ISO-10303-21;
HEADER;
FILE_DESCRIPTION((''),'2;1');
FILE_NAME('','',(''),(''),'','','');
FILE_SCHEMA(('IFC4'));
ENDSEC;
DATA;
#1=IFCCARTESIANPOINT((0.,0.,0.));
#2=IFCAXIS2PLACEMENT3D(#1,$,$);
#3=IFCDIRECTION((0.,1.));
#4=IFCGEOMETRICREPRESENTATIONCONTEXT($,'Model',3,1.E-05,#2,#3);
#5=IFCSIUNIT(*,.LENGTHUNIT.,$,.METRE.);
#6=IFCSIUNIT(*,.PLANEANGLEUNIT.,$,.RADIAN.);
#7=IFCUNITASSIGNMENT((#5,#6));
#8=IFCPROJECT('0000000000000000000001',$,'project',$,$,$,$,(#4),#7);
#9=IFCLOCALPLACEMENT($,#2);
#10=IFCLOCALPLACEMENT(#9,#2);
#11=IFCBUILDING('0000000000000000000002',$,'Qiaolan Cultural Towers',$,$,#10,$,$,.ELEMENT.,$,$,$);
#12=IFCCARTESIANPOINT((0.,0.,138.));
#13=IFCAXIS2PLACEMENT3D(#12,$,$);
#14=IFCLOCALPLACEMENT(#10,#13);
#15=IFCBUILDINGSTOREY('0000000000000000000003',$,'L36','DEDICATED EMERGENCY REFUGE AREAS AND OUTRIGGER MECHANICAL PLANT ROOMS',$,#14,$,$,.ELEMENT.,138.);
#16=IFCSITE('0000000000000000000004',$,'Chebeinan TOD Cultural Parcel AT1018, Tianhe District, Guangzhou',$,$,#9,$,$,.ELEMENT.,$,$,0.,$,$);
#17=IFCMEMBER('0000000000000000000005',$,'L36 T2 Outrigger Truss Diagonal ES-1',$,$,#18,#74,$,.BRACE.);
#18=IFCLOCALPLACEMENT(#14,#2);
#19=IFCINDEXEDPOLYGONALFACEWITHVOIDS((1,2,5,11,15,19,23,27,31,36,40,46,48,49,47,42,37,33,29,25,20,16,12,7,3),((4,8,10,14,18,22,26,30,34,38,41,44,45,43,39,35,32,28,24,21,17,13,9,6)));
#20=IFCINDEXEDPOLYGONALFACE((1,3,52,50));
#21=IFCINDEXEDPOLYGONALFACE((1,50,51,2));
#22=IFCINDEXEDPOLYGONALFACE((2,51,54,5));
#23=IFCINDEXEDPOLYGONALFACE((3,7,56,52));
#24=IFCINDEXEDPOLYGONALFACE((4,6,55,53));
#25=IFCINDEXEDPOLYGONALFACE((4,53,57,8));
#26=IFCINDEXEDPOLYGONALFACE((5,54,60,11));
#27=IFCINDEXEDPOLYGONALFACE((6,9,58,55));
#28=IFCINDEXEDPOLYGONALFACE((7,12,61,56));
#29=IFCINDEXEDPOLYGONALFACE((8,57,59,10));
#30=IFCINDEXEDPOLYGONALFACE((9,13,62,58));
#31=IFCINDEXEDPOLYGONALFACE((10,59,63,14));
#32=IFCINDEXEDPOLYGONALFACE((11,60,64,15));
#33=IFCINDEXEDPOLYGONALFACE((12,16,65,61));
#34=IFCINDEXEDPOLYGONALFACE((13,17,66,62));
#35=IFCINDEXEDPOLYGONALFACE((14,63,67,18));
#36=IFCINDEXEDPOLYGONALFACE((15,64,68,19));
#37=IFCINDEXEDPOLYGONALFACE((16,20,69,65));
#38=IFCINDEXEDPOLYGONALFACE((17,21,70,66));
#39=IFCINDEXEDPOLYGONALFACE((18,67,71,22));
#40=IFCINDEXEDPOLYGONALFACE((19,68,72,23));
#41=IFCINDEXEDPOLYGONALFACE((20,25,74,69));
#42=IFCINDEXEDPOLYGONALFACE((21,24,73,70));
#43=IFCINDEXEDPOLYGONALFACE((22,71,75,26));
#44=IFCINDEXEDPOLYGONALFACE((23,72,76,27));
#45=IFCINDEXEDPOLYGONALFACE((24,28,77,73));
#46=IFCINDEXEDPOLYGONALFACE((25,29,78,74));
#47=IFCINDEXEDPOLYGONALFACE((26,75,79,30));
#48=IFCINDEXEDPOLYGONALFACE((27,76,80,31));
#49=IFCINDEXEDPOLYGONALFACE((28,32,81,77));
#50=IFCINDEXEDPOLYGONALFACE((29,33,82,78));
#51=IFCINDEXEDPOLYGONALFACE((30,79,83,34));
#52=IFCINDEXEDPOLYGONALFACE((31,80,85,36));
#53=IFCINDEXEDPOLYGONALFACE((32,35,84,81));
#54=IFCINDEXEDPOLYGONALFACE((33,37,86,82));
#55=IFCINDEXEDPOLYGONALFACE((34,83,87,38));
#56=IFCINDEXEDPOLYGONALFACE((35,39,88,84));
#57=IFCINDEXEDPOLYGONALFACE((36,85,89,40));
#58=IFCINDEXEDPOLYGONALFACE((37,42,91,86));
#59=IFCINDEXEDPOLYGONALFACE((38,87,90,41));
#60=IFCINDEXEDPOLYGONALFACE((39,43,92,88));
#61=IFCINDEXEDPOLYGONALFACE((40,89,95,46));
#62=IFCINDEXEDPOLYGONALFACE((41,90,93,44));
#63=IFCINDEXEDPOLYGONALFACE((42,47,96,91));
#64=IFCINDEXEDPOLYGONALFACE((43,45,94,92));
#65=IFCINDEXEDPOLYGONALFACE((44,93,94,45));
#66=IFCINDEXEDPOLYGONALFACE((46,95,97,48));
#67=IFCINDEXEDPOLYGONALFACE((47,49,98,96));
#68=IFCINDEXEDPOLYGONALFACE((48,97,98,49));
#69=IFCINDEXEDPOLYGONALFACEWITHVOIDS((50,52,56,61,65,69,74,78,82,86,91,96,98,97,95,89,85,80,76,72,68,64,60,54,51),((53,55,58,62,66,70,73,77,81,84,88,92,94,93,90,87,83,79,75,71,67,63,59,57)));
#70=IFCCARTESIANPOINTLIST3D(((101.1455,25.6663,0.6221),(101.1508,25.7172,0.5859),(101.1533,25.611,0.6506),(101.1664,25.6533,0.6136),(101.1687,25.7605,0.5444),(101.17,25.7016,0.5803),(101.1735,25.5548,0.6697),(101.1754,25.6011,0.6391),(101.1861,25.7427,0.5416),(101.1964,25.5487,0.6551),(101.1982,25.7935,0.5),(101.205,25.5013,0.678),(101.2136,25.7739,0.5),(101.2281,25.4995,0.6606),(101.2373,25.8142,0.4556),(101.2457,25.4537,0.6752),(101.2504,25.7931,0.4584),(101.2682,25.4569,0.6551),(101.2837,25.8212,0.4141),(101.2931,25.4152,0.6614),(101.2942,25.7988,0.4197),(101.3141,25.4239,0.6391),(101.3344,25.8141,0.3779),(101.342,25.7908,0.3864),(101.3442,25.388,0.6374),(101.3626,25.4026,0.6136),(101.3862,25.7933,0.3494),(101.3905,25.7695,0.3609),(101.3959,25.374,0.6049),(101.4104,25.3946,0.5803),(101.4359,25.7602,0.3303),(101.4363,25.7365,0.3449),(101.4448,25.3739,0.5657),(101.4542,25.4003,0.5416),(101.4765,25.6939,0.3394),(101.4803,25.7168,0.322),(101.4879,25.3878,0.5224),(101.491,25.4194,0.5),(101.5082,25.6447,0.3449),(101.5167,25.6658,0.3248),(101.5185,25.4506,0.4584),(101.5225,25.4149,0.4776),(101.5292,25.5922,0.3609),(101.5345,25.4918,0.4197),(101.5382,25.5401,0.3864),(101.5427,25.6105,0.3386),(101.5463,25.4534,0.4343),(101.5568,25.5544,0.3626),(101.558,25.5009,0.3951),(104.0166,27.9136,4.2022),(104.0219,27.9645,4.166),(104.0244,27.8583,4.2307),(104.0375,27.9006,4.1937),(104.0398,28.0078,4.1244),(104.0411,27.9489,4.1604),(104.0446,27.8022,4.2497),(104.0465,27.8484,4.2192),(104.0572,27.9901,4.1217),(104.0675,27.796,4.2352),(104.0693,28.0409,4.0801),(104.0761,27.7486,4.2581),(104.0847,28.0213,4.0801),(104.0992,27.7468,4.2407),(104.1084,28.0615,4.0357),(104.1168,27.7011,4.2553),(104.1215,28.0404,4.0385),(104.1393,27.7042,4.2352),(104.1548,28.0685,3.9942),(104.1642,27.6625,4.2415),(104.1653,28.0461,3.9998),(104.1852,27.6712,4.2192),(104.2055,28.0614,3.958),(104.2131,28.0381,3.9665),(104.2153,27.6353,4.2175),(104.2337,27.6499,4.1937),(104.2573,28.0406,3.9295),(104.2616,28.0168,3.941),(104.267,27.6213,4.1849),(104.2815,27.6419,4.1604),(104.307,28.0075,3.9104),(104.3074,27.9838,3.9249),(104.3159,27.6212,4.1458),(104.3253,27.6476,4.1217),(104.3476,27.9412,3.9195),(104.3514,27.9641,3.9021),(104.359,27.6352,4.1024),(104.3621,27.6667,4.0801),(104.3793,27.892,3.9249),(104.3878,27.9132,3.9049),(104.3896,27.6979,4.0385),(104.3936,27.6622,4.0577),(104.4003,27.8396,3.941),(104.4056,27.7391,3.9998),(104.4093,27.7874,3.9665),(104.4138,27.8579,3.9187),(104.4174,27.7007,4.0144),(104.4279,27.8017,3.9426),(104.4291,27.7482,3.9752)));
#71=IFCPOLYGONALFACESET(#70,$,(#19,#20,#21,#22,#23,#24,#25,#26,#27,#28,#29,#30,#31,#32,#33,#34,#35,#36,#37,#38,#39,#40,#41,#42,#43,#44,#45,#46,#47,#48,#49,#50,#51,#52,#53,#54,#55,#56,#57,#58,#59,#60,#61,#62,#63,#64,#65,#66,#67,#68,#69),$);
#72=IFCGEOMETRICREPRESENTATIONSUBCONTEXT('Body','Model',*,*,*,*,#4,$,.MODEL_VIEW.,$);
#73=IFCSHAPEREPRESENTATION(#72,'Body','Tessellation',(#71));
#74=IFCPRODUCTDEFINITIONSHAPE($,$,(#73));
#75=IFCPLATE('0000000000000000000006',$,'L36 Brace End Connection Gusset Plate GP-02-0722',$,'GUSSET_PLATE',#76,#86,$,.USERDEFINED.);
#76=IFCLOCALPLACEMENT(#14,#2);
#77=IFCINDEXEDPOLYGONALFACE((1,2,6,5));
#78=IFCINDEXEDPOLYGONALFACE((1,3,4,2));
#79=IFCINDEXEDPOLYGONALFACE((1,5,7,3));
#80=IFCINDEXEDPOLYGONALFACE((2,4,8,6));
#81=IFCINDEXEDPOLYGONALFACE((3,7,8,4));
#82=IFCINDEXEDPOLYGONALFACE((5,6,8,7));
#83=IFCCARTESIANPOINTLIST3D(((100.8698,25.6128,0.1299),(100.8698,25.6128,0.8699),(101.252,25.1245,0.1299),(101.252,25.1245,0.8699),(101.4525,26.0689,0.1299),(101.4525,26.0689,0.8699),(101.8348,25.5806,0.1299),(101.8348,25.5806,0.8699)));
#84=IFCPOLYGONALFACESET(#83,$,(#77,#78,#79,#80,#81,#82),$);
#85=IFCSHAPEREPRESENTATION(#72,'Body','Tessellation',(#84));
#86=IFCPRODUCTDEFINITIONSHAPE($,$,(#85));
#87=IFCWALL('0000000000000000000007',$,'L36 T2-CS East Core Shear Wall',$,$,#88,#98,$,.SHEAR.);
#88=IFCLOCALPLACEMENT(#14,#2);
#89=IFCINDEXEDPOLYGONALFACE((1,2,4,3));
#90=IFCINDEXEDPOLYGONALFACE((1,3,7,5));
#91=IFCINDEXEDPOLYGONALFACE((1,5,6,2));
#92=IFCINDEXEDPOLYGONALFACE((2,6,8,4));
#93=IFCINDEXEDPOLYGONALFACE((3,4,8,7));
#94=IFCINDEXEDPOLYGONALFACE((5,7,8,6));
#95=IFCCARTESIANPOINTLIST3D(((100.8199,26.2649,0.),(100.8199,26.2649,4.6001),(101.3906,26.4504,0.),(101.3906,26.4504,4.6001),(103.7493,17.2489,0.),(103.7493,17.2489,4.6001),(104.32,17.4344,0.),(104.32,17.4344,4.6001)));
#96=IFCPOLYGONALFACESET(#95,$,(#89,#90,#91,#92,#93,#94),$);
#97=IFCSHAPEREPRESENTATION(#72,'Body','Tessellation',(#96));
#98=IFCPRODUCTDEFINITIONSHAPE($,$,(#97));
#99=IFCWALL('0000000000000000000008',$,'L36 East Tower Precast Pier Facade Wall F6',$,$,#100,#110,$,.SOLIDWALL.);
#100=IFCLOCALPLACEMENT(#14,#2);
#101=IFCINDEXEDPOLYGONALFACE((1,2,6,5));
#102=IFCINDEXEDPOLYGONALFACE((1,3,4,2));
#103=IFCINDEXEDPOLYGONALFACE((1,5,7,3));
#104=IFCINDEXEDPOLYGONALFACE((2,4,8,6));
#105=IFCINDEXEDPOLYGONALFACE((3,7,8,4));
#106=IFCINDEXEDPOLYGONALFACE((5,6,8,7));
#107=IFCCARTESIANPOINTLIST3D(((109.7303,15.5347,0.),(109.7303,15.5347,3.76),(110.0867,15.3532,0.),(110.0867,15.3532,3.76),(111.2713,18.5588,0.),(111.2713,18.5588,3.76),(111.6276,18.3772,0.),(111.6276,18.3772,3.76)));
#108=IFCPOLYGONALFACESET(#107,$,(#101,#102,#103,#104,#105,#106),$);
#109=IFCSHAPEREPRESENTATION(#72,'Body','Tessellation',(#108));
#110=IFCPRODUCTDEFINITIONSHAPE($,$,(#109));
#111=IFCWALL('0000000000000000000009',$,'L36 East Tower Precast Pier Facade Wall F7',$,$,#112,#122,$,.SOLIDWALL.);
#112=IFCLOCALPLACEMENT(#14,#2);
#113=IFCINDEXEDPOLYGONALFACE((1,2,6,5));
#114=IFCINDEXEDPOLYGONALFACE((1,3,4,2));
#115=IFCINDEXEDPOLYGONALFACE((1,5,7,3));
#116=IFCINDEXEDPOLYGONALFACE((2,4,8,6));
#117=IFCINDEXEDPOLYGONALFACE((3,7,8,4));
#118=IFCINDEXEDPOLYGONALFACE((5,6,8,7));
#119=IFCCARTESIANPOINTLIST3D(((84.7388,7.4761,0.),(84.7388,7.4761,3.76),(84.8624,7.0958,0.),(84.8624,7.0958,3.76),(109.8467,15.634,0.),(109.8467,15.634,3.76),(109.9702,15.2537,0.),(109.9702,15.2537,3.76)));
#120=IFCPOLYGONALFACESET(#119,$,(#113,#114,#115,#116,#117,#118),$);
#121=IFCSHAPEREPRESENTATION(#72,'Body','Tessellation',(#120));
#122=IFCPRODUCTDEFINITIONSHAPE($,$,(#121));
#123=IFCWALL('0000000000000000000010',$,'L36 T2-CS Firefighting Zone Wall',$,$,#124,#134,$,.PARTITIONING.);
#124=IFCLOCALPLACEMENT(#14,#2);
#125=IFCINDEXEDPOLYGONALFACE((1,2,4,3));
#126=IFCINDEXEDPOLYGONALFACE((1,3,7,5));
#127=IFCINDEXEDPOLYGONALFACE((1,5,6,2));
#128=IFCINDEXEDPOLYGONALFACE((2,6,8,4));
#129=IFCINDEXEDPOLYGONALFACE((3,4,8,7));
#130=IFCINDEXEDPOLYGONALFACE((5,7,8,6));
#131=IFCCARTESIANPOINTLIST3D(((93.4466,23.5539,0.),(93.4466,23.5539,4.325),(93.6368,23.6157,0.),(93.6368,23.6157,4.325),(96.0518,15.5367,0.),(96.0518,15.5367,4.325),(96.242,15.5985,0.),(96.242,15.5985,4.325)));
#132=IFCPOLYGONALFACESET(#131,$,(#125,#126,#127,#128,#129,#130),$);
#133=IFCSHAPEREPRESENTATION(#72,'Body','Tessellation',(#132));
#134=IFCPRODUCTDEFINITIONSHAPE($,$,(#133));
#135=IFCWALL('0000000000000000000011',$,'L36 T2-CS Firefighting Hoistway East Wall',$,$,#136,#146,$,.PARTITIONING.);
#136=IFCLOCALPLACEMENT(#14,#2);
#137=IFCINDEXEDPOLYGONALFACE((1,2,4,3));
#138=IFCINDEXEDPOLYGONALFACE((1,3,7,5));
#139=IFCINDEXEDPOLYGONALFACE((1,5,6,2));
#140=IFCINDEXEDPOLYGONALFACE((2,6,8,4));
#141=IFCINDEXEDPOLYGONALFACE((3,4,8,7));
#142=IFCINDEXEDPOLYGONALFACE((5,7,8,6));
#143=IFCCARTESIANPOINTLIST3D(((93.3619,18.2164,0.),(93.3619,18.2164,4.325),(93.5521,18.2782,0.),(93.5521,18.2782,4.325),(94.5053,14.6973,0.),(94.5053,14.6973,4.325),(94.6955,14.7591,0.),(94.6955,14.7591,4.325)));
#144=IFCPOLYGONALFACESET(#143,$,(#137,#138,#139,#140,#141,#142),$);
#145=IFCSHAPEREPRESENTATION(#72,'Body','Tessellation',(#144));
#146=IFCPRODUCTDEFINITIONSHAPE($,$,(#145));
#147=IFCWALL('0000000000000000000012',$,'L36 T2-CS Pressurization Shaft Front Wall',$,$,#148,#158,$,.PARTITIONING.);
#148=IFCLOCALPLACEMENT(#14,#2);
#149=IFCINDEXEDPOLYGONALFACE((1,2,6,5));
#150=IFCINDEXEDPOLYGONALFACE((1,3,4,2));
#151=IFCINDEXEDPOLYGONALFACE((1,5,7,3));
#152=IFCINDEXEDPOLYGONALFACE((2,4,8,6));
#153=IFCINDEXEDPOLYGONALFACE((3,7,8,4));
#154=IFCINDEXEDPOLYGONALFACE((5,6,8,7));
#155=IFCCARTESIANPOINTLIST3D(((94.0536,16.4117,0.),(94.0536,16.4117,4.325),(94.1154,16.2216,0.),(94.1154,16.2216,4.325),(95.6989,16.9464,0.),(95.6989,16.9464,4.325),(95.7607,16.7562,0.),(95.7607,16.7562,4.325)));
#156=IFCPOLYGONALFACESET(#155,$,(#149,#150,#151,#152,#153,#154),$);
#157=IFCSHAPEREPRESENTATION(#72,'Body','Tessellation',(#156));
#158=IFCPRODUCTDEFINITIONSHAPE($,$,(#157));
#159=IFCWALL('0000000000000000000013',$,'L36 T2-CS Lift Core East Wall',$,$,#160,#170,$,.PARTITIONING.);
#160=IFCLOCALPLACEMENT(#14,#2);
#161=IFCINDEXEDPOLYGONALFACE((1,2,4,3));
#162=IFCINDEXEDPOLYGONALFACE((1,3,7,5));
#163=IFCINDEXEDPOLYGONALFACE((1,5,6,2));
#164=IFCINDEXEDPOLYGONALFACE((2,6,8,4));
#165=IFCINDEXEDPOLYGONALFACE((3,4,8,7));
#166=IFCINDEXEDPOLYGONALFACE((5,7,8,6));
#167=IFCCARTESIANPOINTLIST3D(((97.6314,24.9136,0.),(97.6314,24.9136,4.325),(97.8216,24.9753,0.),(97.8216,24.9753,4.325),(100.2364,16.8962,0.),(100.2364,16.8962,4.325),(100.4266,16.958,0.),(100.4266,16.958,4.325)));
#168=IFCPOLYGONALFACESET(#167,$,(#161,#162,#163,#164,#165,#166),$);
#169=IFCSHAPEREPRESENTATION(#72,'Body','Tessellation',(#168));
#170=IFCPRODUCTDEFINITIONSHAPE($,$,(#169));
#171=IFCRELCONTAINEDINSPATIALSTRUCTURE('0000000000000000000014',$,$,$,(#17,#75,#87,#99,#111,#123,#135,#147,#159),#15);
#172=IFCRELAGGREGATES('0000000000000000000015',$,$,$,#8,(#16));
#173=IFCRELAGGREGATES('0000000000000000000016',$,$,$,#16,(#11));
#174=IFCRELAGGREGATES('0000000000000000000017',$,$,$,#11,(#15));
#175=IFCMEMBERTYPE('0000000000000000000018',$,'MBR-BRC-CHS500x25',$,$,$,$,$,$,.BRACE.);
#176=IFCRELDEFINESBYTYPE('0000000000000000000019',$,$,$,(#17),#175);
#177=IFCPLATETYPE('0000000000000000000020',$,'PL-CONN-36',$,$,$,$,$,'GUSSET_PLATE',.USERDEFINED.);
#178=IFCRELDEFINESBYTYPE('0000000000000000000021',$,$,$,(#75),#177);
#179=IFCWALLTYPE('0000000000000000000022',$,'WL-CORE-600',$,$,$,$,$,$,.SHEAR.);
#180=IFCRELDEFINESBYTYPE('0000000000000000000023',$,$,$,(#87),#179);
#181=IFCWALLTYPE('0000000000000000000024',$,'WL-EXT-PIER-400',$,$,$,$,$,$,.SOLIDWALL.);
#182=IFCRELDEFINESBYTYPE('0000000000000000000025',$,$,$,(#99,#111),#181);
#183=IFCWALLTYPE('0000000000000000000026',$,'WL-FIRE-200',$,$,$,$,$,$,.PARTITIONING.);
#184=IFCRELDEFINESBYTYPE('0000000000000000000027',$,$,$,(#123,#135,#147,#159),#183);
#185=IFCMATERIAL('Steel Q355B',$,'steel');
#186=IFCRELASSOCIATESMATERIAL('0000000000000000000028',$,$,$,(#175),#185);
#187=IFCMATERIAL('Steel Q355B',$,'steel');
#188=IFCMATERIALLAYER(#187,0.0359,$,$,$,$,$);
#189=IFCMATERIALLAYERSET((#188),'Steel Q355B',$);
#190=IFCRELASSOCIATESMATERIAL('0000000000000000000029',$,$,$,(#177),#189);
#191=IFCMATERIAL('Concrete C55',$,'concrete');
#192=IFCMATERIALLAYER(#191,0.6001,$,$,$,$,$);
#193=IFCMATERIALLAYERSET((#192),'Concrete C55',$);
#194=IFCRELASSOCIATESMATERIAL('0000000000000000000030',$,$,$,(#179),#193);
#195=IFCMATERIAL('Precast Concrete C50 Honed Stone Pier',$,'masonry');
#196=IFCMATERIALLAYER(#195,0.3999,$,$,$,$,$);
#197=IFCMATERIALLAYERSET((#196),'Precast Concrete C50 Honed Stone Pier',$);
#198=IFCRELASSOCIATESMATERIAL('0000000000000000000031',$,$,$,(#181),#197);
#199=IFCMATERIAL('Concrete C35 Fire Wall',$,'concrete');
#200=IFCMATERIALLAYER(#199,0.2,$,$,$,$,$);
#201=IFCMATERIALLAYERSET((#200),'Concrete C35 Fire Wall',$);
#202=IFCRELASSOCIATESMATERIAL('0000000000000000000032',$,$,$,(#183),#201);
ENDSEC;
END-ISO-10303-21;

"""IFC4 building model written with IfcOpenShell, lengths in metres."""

from ifc_helpers import new_model, si_unit, direction, frame, frame_2d, origin, origin_2d, place, context, subcontext, project, spatial, rectangle, hollow_circle, extrude, material, layer, layer_set, material_profile, profile_set, type_object, element, save


model = new_model("IFC4")

# Units and contexts
model_context = context("Model", 3, precision=1e-05, world=origin(), true_north=direction((0.0, 1.0)))
body_context = subcontext(model_context, "Body", "Model", "MODEL_VIEW")
ifc_project = project(units=[si_unit("LENGTHUNIT", "METRE"), si_unit("PLANEANGLEUNIT", "RADIAN")], contexts=[model_context])

# Site, building, storey
site_placement = place(None, origin())
site = spatial("IfcSite", under=ifc_project, at=site_placement, Name="Chebeinan TOD Cultural Parcel AT1018, Tianhe District, Guangzhou", CompositionType="ELEMENT", RefElevation=0.0)
building_placement = place(site_placement, origin())
building = spatial("IfcBuilding", under=site, at=building_placement, Name="Qiaolan Cultural Towers", CompositionType="ELEMENT")
storey_placement = place(building_placement, frame((0.0, 0.0, 138.0)))
storey = spatial("IfcBuildingStorey", under=building, at=storey_placement, Name="L36", Description="DEDICATED EMERGENCY REFUGE AREAS AND OUTRIGGER MECHANICAL PLANT ROOMS", CompositionType="ELEMENT", Elevation=138.0)

# Member
ifc_material_1 = material(Name="Steel Q355B", Category="steel")
ifc_material_profile_1 = material_profile(ifc_material_1, hollow_circle(Radius=0.25, WallThickness=0.0249, at=origin_2d()), Name="CHS500x25")
ifc_profile_set_1 = profile_set([ifc_material_profile_1], Name="Steel Q355B")
member_type = type_object("IfcMemberType", Name="MBR-BRC-CHS500x25", PredefinedType="BRACE", material=ifc_profile_set_1)
member_placement = place(storey_placement, frame((101.3523, 25.5967, 0.5), z_axis=(0.561874, 0.439801, 0.700623), x_axis=(-0.616371, 0.787456, 0.0)))
element("IfcMember", 1, at=member_placement, inside=storey, type_object=member_type, Name="L36 T2 Outrigger Truss Diagonal ES-1", PredefinedType="BRACE", context=body_context, shape_type="SweptSolid", body=[
    extrude(hollow_circle(Radius=0.25, WallThickness=0.0249, at=origin_2d()), origin(), (0.0, 0.0, 1.0), 5.1099),
])

# Plate
ifc_material_2 = material(Name="Steel Q355B", Category="steel")
ifc_layer_1 = layer(ifc_material_2, 0.0359)
ifc_layer_set_1 = layer_set([ifc_layer_1], Name="Steel Q355B")
plate_type = type_object("IfcPlateType", Name="PL-CONN-36", ElementType="GUSSET_PLATE", PredefinedType="USERDEFINED", material=ifc_layer_set_1)
plate_placement = place(storey_placement, frame((101.3523, 25.5967, 0.1299), z_axis=(0.0, 0.0, 1.0), x_axis=(0.787471, 0.616352, 0.0)))
element("IfcPlate", 2, at=plate_placement, inside=storey, type_object=plate_type, Name="L36 Brace End Connection Gusset Plate GP-02-0722", ObjectType="GUSSET_PLATE", PredefinedType="USERDEFINED", context=body_context, shape_type="SweptSolid", body=[
    extrude(rectangle(XDim=0.74, YDim=0.6201, at=origin_2d()), origin(), (0.0, 0.0, 1.0), 0.74),
])

# Walls
ifc_material_3 = material(Name="Concrete C55", Category="concrete")
ifc_layer_2 = layer(ifc_material_3, 0.6001)
ifc_layer_set_2 = layer_set([ifc_layer_2], Name="Concrete C55")
wall_type_1 = type_object("IfcWallType", Name="WL-CORE-600", PredefinedType="SHEAR", material=ifc_layer_set_2)
wall_1_placement = place(storey_placement, frame((101.1052, 26.3577, 0.0), z_axis=(0.0, 0.0, 1.0), x_axis=(0.30901, -0.951059, 0.0)))
element("IfcWall", 3, at=wall_1_placement, inside=storey, type_object=wall_type_1, Name="L36 T2-CS East Core Shear Wall", PredefinedType="SHEAR", context=body_context, shape_type="SweptSolid", body=[
    extrude(rectangle(XDim=9.48, YDim=0.6001, at=frame_2d((4.74, 0.0))), origin(), (0.0, 0.0, 1.0), 4.6001),
])
ifc_material_4 = material(Name="Precast Concrete C50 Honed Stone Pier", Category="masonry")
ifc_layer_3 = layer(ifc_material_4, 0.3999)
ifc_layer_set_3 = layer_set([ifc_layer_3], Name="Precast Concrete C50 Honed Stone Pier")
wall_type_2 = type_object("IfcWallType", Name="WL-EXT-PIER-400", PredefinedType="SOLIDWALL", material=ifc_layer_set_3)
wall_2_placement = place(storey_placement, frame((111.4495, 18.468, 0.0), z_axis=(0.0, 0.0, 1.0), x_axis=(-0.45402, -0.890992, 0.0)))
element("IfcWall", 4, at=wall_2_placement, inside=storey, type_object=wall_type_2, Name="L36 East Tower Precast Pier Facade Wall F6", PredefinedType="SOLIDWALL", context=body_context, shape_type="SweptSolid", body=[
    extrude(rectangle(XDim=3.394, YDim=0.3999, at=frame_2d((1.697, 0.0))), origin(), (0.0, 0.0, 1.0), 3.76),
])
wall_3_placement = place(storey_placement, frame((109.9084, 15.4438, 0.0), z_axis=(0.0, 0.0, 1.0), x_axis=(-0.951058, -0.309014, 0.0)))
element("IfcWall", 5, at=wall_3_placement, inside=storey, type_object=wall_type_2, Name="L36 East Tower Precast Pier Facade Wall F7", PredefinedType="SOLIDWALL", context=body_context, shape_type="SweptSolid", body=[
    extrude(rectangle(XDim=26.3999, YDim=0.3999, at=frame_2d((13.2, 0.0))), origin(), (0.0, 0.0, 1.0), 3.76),
])
ifc_material_5 = material(Name="Concrete C35 Fire Wall", Category="concrete")
ifc_layer_4 = layer(ifc_material_5, 0.2)
ifc_layer_set_4 = layer_set([ifc_layer_4], Name="Concrete C35 Fire Wall")
wall_type_3 = type_object("IfcWallType", Name="WL-FIRE-200", PredefinedType="PARTITIONING", material=ifc_layer_set_4)
wall_4_placement = place(storey_placement, frame((93.5417, 23.5847, 0.0), z_axis=(0.0, 0.0, 1.0), x_axis=(0.309042, -0.951048, 0.0)))
element("IfcWall", 6, at=wall_4_placement, inside=storey, type_object=wall_type_3, Name="L36 T2-CS Firefighting Zone Wall", PredefinedType="PARTITIONING", context=body_context, shape_type="SweptSolid", body=[
    extrude(rectangle(XDim=8.4299, YDim=0.2, at=frame_2d((4.2148, 0.0))), origin(), (0.0, 0.0, 1.0), 4.325),
])
wall_5_placement = place(storey_placement, frame((93.457, 18.2473, 0.0), z_axis=(0.0, 0.0, 1.0), x_axis=(0.308994, -0.951064, 0.0)))
element("IfcWall", 7, at=wall_5_placement, inside=storey, type_object=wall_type_3, Name="L36 T2-CS Firefighting Hoistway East Wall", PredefinedType="PARTITIONING", context=body_context, shape_type="SweptSolid", body=[
    extrude(rectangle(XDim=3.7002, YDim=0.2, at=frame_2d((1.8501, 0.0))), origin(), (0.0, 0.0, 1.0), 4.325),
])
wall_6_placement = place(storey_placement, frame((94.0845, 16.3167, 0.0), z_axis=(0.0, 0.0, 1.0), x_axis=(0.951041, 0.309064, 0.0)))
element("IfcWall", 8, at=wall_6_placement, inside=storey, type_object=wall_type_3, Name="L36 T2-CS Pressurization Shaft Front Wall", PredefinedType="PARTITIONING", context=body_context, shape_type="SweptSolid", body=[
    extrude(rectangle(XDim=1.73, YDim=0.2, at=frame_2d((0.865, 0.0))), origin(), (0.0, 0.0, 1.0), 4.325),
])
wall_7_placement = place(storey_placement, frame((97.7266, 24.9443, 0.0), z_axis=(0.0, 0.0, 1.0), x_axis=(0.309016, -0.951057, 0.0)))
element("IfcWall", 9, at=wall_7_placement, inside=storey, type_object=wall_type_3, Name="L36 T2-CS Lift Core East Wall", PredefinedType="PARTITIONING", context=body_context, shape_type="SweptSolid", body=[
    extrude(rectangle(XDim=8.4299, YDim=0.2, at=frame_2d((4.2148, 0.0))), origin(), (0.0, 0.0, 1.0), 4.325),
])

save(model, "model.ifc")
